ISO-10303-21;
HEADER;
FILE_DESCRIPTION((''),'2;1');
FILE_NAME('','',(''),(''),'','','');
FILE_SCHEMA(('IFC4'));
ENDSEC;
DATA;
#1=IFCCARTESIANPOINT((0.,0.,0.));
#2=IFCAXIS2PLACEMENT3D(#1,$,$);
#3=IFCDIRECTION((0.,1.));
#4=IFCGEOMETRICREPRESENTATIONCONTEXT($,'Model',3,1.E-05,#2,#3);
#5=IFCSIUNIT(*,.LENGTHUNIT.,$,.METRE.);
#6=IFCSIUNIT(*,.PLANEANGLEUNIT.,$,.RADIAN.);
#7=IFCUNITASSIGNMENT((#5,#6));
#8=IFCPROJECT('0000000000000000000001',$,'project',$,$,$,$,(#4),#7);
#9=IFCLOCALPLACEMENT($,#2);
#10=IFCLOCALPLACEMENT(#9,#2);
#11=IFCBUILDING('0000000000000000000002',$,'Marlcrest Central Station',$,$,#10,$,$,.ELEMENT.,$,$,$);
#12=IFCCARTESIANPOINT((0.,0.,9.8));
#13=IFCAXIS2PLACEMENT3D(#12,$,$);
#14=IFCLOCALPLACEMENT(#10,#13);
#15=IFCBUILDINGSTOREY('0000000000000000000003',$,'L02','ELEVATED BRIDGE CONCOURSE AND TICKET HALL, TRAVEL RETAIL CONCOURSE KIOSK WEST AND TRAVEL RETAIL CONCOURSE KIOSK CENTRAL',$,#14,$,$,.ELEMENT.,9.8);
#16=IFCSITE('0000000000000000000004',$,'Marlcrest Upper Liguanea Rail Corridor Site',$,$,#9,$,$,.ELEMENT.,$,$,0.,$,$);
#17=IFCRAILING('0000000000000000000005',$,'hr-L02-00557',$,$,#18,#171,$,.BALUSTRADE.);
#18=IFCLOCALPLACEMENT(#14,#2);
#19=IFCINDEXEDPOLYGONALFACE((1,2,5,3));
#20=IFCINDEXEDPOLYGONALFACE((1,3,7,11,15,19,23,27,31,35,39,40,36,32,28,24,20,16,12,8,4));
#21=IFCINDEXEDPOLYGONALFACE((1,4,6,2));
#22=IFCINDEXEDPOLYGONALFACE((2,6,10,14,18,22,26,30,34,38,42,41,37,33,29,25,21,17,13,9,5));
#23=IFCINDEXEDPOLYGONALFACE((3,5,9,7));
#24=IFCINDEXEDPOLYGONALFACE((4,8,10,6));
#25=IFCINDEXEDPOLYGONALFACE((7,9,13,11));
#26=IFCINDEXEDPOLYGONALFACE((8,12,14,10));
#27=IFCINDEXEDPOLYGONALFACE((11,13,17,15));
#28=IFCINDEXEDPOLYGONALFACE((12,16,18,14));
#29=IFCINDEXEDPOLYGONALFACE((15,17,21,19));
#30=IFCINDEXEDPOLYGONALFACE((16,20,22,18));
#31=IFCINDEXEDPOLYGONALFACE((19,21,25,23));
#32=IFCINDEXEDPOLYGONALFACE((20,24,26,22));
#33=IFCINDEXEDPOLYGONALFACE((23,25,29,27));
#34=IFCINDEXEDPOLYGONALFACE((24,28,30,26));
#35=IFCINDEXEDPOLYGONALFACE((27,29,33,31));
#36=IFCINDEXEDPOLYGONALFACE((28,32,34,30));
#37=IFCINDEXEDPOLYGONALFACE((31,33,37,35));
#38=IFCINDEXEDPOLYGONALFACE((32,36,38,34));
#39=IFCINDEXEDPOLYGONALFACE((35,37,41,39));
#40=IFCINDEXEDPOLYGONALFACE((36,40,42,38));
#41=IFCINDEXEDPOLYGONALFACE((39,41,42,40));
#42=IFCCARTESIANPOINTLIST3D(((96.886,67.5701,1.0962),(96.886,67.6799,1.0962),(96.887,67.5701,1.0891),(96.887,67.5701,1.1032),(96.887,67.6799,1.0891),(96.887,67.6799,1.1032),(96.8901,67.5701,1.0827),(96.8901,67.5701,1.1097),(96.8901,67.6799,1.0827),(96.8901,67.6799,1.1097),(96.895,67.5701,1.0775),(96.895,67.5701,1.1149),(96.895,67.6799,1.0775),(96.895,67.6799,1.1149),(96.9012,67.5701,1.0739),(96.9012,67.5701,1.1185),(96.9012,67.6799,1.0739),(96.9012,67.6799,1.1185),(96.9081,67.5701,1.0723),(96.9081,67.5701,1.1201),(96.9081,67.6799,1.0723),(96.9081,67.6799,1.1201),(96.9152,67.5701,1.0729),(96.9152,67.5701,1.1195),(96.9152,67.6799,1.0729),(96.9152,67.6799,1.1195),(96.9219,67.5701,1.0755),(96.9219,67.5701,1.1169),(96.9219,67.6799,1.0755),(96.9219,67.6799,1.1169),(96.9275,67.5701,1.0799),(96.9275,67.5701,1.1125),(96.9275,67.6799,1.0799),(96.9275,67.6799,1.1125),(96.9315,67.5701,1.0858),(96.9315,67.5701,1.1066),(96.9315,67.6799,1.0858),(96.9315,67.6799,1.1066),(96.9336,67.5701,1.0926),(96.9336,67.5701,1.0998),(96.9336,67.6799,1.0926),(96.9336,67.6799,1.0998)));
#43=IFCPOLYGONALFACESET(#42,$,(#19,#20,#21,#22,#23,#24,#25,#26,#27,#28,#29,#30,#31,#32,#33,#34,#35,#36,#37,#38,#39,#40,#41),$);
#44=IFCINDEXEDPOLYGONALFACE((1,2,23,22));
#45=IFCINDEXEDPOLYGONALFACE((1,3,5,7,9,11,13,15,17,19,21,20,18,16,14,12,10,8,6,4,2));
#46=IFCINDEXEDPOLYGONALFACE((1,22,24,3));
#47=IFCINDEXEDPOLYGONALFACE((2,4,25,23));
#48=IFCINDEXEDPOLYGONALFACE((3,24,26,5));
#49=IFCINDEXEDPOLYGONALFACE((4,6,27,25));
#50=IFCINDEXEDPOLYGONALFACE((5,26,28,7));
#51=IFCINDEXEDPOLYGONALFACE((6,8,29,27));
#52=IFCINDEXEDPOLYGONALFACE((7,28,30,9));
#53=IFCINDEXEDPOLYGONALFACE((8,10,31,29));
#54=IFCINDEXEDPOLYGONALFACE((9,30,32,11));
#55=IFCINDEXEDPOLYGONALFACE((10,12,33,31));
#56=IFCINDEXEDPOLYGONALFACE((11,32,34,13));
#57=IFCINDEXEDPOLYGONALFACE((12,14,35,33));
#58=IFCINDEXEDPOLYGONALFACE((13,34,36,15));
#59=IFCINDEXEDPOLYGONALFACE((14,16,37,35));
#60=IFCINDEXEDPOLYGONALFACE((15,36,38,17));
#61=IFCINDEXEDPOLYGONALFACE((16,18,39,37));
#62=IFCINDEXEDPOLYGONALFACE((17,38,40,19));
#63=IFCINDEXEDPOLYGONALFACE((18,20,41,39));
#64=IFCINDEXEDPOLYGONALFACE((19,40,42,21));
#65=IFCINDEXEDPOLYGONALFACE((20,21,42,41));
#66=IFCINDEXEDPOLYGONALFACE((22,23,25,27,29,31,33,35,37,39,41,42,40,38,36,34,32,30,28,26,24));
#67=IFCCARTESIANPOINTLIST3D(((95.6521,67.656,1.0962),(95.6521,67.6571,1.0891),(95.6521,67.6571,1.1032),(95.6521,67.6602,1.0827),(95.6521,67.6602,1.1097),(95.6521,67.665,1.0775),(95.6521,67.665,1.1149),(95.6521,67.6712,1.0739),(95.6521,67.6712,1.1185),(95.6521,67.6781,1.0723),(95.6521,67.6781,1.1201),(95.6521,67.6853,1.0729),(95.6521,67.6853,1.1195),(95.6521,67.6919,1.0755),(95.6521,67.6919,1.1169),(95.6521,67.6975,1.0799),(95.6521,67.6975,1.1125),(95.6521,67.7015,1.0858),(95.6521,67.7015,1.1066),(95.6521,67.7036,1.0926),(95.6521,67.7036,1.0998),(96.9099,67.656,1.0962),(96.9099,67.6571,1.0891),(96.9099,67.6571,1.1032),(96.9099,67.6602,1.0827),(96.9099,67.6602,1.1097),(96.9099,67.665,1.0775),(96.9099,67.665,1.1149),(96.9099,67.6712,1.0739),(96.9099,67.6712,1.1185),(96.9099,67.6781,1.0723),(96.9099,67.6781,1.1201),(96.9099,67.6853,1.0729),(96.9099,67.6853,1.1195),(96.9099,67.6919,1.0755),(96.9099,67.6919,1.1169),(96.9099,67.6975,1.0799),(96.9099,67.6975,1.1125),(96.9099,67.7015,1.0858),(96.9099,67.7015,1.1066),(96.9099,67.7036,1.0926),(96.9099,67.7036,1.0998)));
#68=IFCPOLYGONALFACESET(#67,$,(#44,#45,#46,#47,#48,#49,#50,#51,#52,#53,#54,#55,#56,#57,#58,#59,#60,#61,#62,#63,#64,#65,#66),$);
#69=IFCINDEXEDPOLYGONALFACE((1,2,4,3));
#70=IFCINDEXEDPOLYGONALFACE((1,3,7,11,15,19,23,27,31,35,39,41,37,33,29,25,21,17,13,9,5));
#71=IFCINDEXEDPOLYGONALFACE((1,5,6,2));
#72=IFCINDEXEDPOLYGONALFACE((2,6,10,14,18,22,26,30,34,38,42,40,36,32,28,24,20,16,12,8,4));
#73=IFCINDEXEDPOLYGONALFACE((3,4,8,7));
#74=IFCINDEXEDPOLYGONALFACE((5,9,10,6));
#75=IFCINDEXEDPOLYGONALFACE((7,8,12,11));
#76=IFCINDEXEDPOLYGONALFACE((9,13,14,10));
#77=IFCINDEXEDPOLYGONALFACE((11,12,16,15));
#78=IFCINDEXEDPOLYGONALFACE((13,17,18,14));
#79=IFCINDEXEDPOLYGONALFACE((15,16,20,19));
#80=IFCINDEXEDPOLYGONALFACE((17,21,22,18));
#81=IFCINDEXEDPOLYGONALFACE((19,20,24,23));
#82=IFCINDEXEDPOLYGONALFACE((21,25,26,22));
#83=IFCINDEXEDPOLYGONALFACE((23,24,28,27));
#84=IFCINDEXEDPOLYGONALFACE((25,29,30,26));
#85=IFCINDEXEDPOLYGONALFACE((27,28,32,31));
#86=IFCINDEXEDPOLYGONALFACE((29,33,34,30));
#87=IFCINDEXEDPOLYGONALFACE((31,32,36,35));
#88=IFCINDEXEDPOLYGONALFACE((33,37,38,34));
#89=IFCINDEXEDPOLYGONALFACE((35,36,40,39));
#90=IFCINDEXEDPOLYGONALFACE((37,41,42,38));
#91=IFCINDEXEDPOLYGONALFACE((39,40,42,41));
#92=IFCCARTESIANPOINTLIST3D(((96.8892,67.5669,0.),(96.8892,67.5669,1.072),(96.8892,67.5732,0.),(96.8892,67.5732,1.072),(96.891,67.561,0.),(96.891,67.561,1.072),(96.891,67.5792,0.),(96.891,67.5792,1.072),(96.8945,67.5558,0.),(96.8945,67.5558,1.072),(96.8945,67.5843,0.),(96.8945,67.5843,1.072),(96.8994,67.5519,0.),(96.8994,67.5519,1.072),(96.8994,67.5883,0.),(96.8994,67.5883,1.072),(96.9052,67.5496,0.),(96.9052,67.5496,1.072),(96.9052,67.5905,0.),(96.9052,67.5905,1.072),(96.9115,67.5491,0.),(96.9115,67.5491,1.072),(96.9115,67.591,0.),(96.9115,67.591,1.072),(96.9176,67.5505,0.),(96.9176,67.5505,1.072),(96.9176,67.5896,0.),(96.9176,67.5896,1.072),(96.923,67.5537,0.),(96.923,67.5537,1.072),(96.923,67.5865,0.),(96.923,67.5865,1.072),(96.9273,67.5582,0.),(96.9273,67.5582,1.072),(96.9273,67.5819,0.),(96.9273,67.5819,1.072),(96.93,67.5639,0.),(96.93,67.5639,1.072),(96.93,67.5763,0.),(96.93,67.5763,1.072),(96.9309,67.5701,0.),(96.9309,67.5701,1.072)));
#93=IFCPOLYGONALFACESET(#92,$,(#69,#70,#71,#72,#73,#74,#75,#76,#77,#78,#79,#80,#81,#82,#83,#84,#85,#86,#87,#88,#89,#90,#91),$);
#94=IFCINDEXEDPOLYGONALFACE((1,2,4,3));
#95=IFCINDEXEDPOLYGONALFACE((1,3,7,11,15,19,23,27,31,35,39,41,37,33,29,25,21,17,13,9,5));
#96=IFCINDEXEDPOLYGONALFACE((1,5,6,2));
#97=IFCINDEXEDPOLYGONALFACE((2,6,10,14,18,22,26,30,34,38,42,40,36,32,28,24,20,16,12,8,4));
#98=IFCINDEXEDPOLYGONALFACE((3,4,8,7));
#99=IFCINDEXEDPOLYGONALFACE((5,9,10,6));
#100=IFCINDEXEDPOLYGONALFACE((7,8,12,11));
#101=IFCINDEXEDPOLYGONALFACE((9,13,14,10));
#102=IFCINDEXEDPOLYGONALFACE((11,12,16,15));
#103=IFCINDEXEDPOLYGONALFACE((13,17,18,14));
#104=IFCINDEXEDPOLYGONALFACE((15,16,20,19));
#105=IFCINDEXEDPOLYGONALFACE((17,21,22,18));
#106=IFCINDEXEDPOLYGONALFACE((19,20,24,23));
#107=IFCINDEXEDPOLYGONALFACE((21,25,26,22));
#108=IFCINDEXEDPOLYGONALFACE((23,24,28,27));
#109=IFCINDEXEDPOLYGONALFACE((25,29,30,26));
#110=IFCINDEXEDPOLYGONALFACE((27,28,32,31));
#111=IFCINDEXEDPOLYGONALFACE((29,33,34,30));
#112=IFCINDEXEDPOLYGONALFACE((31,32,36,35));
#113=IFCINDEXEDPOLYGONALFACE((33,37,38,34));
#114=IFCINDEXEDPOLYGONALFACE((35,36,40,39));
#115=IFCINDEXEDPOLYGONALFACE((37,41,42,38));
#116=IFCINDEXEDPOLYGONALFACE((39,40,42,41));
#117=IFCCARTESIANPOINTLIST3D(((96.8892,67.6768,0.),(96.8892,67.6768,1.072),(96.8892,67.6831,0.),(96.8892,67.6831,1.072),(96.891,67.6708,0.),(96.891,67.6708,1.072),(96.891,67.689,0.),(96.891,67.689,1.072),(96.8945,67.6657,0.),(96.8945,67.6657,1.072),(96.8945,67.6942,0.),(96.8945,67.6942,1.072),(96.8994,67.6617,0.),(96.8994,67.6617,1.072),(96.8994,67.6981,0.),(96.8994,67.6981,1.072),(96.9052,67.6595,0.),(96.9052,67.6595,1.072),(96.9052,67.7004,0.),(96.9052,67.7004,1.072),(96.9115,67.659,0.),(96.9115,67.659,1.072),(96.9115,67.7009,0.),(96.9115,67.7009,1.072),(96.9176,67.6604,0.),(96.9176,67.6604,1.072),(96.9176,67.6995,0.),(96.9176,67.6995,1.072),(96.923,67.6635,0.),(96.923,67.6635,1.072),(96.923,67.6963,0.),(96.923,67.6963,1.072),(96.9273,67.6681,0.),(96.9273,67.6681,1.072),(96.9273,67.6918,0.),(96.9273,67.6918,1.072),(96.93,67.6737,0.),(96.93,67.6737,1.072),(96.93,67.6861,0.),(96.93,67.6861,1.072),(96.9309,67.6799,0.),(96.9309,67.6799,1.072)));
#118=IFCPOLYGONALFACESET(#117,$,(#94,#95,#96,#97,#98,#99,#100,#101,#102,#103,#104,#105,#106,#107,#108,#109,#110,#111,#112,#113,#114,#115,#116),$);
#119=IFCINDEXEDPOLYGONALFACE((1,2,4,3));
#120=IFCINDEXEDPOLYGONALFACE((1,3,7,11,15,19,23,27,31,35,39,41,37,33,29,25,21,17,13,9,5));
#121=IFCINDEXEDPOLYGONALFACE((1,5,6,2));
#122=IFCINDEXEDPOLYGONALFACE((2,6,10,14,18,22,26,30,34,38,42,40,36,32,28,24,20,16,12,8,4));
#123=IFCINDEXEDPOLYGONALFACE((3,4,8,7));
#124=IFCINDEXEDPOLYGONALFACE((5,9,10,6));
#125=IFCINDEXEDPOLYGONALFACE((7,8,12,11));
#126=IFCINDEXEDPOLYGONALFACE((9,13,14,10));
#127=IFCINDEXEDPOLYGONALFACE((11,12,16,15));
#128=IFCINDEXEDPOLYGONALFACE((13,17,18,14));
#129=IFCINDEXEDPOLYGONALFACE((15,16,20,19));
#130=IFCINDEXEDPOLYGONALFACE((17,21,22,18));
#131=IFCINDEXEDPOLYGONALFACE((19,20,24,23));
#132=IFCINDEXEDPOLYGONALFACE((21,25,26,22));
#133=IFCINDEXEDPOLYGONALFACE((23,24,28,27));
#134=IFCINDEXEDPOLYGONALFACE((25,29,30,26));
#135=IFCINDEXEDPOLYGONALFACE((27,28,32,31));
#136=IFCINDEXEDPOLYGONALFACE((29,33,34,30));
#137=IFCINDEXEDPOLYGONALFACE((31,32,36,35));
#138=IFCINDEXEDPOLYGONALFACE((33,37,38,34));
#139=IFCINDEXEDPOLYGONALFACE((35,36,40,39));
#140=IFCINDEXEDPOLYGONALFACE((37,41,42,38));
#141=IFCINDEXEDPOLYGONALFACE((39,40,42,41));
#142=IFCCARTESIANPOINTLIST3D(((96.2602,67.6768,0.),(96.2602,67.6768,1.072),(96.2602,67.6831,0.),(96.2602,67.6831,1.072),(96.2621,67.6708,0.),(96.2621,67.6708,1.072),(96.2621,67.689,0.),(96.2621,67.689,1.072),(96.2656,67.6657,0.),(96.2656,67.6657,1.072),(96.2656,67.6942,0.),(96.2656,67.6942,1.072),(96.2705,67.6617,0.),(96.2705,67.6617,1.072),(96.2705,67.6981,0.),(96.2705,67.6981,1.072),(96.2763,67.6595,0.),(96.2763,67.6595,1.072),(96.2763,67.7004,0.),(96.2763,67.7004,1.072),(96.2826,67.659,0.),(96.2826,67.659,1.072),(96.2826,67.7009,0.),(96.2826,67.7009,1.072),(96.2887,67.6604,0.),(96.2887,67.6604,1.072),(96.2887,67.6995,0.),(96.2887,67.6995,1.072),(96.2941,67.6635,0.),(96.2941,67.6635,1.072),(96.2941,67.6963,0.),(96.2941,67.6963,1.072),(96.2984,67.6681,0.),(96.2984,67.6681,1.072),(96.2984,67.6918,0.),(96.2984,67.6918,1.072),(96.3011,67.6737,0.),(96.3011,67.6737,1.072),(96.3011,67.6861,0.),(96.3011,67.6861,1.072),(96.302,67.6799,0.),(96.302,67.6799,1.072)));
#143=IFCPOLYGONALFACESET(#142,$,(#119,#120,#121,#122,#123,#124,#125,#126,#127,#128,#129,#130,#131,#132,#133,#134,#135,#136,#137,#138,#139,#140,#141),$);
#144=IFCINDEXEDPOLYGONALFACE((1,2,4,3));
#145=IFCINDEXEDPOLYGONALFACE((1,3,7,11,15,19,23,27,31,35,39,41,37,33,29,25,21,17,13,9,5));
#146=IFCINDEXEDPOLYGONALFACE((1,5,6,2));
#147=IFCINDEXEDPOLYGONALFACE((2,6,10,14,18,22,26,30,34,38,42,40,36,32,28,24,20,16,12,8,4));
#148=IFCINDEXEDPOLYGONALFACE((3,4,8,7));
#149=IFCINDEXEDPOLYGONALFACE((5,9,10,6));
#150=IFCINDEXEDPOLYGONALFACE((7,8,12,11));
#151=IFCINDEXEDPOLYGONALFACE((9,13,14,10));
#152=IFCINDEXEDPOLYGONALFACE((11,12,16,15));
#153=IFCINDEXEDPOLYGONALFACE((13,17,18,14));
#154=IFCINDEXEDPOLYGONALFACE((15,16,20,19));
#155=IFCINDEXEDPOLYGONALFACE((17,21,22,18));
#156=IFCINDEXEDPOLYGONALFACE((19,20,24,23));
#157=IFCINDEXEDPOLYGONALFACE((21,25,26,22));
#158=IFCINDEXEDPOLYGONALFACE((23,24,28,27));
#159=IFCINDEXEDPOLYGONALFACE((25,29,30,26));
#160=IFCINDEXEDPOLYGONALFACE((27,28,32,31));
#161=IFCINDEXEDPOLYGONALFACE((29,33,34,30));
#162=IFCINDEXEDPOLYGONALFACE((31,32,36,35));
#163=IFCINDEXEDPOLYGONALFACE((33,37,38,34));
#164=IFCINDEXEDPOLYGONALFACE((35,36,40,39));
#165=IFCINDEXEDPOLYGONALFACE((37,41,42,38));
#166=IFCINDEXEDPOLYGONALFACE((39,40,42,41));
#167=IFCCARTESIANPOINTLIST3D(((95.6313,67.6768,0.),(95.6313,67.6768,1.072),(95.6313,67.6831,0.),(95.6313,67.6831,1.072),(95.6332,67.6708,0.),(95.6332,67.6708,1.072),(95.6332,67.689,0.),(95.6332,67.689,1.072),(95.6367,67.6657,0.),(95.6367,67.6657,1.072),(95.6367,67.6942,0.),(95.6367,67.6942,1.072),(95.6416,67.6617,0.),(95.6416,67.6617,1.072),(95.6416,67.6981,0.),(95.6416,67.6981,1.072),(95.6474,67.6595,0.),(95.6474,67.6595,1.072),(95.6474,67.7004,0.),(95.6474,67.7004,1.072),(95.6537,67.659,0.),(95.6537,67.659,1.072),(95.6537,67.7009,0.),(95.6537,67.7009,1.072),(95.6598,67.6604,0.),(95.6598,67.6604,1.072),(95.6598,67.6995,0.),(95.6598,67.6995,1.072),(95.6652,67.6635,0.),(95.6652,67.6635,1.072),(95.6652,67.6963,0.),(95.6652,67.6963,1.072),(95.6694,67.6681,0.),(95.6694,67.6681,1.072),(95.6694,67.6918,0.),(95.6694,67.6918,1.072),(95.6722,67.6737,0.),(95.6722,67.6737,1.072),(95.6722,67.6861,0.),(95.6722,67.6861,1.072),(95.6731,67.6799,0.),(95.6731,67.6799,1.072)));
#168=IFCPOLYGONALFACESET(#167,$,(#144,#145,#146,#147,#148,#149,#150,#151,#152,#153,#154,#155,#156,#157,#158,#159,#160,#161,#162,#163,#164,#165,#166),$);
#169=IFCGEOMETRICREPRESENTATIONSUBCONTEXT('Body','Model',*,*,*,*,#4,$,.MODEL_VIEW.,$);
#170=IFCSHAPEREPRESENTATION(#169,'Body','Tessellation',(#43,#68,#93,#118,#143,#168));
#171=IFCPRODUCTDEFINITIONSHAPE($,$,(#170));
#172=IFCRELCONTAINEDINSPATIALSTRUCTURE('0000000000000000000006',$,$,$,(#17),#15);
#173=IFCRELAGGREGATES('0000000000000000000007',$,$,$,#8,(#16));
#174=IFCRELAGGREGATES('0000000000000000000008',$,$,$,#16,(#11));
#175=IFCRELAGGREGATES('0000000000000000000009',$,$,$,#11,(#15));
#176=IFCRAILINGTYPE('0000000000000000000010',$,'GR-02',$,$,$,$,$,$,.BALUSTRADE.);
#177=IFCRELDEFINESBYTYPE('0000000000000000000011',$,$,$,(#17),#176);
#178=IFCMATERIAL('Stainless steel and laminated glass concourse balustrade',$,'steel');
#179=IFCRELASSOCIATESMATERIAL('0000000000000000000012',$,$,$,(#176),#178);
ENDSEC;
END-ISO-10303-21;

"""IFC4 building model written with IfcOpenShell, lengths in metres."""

from ifc_helpers import new_model, si_unit, direction, frame, origin, origin_2d, place, context, subcontext, project, spatial, circle, extrude, material, type_object, element, save


model = new_model("IFC4")

# Units and contexts
model_context = context("Model", 3, precision=1e-05, world=origin(), true_north=direction((0.0, 1.0)))
body_context = subcontext(model_context, "Body", "Model", "MODEL_VIEW")
ifc_project = project(units=[si_unit("LENGTHUNIT", "METRE"), si_unit("PLANEANGLEUNIT", "RADIAN")], contexts=[model_context])

# Site, building, storey
site_placement = place(None, origin())
site = spatial("IfcSite", under=ifc_project, at=site_placement, Name="Marlcrest Upper Liguanea Rail Corridor Site", CompositionType="ELEMENT", RefElevation=0.0)
building_placement = place(site_placement, origin())
building = spatial("IfcBuilding", under=site, at=building_placement, Name="Marlcrest Central Station", CompositionType="ELEMENT")
storey_placement = place(building_placement, frame((0.0, 0.0, 9.8)))
storey = spatial("IfcBuildingStorey", under=building, at=storey_placement, Name="L02", Description="ELEVATED BRIDGE CONCOURSE AND TICKET HALL, TRAVEL RETAIL CONCOURSE KIOSK WEST AND TRAVEL RETAIL CONCOURSE KIOSK CENTRAL", CompositionType="ELEMENT", Elevation=9.8)

# Railing
ifc_material_1 = material(Name="Stainless steel and laminated glass concourse balustrade", Category="steel")
railing_type = type_object("IfcRailingType", Name="GR-02", PredefinedType="BALUSTRADE", material=ifc_material_1)
railing_1_placement = place(storey_placement, frame((96.9099, 67.5701, 0.0)))
element("IfcRailing", 1, at=railing_1_placement, inside=storey, type_object=railing_type, Name="hr-L02-00557", PredefinedType="BALUSTRADE", context=body_context, shape_type="SweptSolid", body=[
    extrude(circle(Radius=0.0239, at=origin_2d()), frame((0.0, 0.0, 1.0962), z_axis=(0.0, 1.0, 0.0), x_axis=(-1.0, 0.0, 0.0)), (0.0, 0.0, 1.0), 0.1099),
    extrude(circle(Radius=0.0239, at=origin_2d()), frame((0.0, 0.1099, 1.0962), z_axis=(-1.0, 0.0, 0.0), x_axis=(0.0, -1.0, 0.0)), (0.0, 0.0, 1.0), 1.2578),
    extrude(circle(Radius=0.021, at=origin_2d()), origin(), (0.0, 0.0, 1.0), 1.072),
    extrude(circle(Radius=0.021, at=origin_2d()), frame((0.0, 0.1099, 0.0)), (0.0, 0.0, 1.0), 1.072),
    extrude(circle(Radius=0.021, at=origin_2d()), frame((-0.6289, 0.1099, 0.0)), (0.0, 0.0, 1.0), 1.072),
    extrude(circle(Radius=0.021, at=origin_2d()), frame((-1.2578, 0.1099, 0.0)), (0.0, 0.0, 1.0), 1.072),
])

save(model, "model.ifc")
